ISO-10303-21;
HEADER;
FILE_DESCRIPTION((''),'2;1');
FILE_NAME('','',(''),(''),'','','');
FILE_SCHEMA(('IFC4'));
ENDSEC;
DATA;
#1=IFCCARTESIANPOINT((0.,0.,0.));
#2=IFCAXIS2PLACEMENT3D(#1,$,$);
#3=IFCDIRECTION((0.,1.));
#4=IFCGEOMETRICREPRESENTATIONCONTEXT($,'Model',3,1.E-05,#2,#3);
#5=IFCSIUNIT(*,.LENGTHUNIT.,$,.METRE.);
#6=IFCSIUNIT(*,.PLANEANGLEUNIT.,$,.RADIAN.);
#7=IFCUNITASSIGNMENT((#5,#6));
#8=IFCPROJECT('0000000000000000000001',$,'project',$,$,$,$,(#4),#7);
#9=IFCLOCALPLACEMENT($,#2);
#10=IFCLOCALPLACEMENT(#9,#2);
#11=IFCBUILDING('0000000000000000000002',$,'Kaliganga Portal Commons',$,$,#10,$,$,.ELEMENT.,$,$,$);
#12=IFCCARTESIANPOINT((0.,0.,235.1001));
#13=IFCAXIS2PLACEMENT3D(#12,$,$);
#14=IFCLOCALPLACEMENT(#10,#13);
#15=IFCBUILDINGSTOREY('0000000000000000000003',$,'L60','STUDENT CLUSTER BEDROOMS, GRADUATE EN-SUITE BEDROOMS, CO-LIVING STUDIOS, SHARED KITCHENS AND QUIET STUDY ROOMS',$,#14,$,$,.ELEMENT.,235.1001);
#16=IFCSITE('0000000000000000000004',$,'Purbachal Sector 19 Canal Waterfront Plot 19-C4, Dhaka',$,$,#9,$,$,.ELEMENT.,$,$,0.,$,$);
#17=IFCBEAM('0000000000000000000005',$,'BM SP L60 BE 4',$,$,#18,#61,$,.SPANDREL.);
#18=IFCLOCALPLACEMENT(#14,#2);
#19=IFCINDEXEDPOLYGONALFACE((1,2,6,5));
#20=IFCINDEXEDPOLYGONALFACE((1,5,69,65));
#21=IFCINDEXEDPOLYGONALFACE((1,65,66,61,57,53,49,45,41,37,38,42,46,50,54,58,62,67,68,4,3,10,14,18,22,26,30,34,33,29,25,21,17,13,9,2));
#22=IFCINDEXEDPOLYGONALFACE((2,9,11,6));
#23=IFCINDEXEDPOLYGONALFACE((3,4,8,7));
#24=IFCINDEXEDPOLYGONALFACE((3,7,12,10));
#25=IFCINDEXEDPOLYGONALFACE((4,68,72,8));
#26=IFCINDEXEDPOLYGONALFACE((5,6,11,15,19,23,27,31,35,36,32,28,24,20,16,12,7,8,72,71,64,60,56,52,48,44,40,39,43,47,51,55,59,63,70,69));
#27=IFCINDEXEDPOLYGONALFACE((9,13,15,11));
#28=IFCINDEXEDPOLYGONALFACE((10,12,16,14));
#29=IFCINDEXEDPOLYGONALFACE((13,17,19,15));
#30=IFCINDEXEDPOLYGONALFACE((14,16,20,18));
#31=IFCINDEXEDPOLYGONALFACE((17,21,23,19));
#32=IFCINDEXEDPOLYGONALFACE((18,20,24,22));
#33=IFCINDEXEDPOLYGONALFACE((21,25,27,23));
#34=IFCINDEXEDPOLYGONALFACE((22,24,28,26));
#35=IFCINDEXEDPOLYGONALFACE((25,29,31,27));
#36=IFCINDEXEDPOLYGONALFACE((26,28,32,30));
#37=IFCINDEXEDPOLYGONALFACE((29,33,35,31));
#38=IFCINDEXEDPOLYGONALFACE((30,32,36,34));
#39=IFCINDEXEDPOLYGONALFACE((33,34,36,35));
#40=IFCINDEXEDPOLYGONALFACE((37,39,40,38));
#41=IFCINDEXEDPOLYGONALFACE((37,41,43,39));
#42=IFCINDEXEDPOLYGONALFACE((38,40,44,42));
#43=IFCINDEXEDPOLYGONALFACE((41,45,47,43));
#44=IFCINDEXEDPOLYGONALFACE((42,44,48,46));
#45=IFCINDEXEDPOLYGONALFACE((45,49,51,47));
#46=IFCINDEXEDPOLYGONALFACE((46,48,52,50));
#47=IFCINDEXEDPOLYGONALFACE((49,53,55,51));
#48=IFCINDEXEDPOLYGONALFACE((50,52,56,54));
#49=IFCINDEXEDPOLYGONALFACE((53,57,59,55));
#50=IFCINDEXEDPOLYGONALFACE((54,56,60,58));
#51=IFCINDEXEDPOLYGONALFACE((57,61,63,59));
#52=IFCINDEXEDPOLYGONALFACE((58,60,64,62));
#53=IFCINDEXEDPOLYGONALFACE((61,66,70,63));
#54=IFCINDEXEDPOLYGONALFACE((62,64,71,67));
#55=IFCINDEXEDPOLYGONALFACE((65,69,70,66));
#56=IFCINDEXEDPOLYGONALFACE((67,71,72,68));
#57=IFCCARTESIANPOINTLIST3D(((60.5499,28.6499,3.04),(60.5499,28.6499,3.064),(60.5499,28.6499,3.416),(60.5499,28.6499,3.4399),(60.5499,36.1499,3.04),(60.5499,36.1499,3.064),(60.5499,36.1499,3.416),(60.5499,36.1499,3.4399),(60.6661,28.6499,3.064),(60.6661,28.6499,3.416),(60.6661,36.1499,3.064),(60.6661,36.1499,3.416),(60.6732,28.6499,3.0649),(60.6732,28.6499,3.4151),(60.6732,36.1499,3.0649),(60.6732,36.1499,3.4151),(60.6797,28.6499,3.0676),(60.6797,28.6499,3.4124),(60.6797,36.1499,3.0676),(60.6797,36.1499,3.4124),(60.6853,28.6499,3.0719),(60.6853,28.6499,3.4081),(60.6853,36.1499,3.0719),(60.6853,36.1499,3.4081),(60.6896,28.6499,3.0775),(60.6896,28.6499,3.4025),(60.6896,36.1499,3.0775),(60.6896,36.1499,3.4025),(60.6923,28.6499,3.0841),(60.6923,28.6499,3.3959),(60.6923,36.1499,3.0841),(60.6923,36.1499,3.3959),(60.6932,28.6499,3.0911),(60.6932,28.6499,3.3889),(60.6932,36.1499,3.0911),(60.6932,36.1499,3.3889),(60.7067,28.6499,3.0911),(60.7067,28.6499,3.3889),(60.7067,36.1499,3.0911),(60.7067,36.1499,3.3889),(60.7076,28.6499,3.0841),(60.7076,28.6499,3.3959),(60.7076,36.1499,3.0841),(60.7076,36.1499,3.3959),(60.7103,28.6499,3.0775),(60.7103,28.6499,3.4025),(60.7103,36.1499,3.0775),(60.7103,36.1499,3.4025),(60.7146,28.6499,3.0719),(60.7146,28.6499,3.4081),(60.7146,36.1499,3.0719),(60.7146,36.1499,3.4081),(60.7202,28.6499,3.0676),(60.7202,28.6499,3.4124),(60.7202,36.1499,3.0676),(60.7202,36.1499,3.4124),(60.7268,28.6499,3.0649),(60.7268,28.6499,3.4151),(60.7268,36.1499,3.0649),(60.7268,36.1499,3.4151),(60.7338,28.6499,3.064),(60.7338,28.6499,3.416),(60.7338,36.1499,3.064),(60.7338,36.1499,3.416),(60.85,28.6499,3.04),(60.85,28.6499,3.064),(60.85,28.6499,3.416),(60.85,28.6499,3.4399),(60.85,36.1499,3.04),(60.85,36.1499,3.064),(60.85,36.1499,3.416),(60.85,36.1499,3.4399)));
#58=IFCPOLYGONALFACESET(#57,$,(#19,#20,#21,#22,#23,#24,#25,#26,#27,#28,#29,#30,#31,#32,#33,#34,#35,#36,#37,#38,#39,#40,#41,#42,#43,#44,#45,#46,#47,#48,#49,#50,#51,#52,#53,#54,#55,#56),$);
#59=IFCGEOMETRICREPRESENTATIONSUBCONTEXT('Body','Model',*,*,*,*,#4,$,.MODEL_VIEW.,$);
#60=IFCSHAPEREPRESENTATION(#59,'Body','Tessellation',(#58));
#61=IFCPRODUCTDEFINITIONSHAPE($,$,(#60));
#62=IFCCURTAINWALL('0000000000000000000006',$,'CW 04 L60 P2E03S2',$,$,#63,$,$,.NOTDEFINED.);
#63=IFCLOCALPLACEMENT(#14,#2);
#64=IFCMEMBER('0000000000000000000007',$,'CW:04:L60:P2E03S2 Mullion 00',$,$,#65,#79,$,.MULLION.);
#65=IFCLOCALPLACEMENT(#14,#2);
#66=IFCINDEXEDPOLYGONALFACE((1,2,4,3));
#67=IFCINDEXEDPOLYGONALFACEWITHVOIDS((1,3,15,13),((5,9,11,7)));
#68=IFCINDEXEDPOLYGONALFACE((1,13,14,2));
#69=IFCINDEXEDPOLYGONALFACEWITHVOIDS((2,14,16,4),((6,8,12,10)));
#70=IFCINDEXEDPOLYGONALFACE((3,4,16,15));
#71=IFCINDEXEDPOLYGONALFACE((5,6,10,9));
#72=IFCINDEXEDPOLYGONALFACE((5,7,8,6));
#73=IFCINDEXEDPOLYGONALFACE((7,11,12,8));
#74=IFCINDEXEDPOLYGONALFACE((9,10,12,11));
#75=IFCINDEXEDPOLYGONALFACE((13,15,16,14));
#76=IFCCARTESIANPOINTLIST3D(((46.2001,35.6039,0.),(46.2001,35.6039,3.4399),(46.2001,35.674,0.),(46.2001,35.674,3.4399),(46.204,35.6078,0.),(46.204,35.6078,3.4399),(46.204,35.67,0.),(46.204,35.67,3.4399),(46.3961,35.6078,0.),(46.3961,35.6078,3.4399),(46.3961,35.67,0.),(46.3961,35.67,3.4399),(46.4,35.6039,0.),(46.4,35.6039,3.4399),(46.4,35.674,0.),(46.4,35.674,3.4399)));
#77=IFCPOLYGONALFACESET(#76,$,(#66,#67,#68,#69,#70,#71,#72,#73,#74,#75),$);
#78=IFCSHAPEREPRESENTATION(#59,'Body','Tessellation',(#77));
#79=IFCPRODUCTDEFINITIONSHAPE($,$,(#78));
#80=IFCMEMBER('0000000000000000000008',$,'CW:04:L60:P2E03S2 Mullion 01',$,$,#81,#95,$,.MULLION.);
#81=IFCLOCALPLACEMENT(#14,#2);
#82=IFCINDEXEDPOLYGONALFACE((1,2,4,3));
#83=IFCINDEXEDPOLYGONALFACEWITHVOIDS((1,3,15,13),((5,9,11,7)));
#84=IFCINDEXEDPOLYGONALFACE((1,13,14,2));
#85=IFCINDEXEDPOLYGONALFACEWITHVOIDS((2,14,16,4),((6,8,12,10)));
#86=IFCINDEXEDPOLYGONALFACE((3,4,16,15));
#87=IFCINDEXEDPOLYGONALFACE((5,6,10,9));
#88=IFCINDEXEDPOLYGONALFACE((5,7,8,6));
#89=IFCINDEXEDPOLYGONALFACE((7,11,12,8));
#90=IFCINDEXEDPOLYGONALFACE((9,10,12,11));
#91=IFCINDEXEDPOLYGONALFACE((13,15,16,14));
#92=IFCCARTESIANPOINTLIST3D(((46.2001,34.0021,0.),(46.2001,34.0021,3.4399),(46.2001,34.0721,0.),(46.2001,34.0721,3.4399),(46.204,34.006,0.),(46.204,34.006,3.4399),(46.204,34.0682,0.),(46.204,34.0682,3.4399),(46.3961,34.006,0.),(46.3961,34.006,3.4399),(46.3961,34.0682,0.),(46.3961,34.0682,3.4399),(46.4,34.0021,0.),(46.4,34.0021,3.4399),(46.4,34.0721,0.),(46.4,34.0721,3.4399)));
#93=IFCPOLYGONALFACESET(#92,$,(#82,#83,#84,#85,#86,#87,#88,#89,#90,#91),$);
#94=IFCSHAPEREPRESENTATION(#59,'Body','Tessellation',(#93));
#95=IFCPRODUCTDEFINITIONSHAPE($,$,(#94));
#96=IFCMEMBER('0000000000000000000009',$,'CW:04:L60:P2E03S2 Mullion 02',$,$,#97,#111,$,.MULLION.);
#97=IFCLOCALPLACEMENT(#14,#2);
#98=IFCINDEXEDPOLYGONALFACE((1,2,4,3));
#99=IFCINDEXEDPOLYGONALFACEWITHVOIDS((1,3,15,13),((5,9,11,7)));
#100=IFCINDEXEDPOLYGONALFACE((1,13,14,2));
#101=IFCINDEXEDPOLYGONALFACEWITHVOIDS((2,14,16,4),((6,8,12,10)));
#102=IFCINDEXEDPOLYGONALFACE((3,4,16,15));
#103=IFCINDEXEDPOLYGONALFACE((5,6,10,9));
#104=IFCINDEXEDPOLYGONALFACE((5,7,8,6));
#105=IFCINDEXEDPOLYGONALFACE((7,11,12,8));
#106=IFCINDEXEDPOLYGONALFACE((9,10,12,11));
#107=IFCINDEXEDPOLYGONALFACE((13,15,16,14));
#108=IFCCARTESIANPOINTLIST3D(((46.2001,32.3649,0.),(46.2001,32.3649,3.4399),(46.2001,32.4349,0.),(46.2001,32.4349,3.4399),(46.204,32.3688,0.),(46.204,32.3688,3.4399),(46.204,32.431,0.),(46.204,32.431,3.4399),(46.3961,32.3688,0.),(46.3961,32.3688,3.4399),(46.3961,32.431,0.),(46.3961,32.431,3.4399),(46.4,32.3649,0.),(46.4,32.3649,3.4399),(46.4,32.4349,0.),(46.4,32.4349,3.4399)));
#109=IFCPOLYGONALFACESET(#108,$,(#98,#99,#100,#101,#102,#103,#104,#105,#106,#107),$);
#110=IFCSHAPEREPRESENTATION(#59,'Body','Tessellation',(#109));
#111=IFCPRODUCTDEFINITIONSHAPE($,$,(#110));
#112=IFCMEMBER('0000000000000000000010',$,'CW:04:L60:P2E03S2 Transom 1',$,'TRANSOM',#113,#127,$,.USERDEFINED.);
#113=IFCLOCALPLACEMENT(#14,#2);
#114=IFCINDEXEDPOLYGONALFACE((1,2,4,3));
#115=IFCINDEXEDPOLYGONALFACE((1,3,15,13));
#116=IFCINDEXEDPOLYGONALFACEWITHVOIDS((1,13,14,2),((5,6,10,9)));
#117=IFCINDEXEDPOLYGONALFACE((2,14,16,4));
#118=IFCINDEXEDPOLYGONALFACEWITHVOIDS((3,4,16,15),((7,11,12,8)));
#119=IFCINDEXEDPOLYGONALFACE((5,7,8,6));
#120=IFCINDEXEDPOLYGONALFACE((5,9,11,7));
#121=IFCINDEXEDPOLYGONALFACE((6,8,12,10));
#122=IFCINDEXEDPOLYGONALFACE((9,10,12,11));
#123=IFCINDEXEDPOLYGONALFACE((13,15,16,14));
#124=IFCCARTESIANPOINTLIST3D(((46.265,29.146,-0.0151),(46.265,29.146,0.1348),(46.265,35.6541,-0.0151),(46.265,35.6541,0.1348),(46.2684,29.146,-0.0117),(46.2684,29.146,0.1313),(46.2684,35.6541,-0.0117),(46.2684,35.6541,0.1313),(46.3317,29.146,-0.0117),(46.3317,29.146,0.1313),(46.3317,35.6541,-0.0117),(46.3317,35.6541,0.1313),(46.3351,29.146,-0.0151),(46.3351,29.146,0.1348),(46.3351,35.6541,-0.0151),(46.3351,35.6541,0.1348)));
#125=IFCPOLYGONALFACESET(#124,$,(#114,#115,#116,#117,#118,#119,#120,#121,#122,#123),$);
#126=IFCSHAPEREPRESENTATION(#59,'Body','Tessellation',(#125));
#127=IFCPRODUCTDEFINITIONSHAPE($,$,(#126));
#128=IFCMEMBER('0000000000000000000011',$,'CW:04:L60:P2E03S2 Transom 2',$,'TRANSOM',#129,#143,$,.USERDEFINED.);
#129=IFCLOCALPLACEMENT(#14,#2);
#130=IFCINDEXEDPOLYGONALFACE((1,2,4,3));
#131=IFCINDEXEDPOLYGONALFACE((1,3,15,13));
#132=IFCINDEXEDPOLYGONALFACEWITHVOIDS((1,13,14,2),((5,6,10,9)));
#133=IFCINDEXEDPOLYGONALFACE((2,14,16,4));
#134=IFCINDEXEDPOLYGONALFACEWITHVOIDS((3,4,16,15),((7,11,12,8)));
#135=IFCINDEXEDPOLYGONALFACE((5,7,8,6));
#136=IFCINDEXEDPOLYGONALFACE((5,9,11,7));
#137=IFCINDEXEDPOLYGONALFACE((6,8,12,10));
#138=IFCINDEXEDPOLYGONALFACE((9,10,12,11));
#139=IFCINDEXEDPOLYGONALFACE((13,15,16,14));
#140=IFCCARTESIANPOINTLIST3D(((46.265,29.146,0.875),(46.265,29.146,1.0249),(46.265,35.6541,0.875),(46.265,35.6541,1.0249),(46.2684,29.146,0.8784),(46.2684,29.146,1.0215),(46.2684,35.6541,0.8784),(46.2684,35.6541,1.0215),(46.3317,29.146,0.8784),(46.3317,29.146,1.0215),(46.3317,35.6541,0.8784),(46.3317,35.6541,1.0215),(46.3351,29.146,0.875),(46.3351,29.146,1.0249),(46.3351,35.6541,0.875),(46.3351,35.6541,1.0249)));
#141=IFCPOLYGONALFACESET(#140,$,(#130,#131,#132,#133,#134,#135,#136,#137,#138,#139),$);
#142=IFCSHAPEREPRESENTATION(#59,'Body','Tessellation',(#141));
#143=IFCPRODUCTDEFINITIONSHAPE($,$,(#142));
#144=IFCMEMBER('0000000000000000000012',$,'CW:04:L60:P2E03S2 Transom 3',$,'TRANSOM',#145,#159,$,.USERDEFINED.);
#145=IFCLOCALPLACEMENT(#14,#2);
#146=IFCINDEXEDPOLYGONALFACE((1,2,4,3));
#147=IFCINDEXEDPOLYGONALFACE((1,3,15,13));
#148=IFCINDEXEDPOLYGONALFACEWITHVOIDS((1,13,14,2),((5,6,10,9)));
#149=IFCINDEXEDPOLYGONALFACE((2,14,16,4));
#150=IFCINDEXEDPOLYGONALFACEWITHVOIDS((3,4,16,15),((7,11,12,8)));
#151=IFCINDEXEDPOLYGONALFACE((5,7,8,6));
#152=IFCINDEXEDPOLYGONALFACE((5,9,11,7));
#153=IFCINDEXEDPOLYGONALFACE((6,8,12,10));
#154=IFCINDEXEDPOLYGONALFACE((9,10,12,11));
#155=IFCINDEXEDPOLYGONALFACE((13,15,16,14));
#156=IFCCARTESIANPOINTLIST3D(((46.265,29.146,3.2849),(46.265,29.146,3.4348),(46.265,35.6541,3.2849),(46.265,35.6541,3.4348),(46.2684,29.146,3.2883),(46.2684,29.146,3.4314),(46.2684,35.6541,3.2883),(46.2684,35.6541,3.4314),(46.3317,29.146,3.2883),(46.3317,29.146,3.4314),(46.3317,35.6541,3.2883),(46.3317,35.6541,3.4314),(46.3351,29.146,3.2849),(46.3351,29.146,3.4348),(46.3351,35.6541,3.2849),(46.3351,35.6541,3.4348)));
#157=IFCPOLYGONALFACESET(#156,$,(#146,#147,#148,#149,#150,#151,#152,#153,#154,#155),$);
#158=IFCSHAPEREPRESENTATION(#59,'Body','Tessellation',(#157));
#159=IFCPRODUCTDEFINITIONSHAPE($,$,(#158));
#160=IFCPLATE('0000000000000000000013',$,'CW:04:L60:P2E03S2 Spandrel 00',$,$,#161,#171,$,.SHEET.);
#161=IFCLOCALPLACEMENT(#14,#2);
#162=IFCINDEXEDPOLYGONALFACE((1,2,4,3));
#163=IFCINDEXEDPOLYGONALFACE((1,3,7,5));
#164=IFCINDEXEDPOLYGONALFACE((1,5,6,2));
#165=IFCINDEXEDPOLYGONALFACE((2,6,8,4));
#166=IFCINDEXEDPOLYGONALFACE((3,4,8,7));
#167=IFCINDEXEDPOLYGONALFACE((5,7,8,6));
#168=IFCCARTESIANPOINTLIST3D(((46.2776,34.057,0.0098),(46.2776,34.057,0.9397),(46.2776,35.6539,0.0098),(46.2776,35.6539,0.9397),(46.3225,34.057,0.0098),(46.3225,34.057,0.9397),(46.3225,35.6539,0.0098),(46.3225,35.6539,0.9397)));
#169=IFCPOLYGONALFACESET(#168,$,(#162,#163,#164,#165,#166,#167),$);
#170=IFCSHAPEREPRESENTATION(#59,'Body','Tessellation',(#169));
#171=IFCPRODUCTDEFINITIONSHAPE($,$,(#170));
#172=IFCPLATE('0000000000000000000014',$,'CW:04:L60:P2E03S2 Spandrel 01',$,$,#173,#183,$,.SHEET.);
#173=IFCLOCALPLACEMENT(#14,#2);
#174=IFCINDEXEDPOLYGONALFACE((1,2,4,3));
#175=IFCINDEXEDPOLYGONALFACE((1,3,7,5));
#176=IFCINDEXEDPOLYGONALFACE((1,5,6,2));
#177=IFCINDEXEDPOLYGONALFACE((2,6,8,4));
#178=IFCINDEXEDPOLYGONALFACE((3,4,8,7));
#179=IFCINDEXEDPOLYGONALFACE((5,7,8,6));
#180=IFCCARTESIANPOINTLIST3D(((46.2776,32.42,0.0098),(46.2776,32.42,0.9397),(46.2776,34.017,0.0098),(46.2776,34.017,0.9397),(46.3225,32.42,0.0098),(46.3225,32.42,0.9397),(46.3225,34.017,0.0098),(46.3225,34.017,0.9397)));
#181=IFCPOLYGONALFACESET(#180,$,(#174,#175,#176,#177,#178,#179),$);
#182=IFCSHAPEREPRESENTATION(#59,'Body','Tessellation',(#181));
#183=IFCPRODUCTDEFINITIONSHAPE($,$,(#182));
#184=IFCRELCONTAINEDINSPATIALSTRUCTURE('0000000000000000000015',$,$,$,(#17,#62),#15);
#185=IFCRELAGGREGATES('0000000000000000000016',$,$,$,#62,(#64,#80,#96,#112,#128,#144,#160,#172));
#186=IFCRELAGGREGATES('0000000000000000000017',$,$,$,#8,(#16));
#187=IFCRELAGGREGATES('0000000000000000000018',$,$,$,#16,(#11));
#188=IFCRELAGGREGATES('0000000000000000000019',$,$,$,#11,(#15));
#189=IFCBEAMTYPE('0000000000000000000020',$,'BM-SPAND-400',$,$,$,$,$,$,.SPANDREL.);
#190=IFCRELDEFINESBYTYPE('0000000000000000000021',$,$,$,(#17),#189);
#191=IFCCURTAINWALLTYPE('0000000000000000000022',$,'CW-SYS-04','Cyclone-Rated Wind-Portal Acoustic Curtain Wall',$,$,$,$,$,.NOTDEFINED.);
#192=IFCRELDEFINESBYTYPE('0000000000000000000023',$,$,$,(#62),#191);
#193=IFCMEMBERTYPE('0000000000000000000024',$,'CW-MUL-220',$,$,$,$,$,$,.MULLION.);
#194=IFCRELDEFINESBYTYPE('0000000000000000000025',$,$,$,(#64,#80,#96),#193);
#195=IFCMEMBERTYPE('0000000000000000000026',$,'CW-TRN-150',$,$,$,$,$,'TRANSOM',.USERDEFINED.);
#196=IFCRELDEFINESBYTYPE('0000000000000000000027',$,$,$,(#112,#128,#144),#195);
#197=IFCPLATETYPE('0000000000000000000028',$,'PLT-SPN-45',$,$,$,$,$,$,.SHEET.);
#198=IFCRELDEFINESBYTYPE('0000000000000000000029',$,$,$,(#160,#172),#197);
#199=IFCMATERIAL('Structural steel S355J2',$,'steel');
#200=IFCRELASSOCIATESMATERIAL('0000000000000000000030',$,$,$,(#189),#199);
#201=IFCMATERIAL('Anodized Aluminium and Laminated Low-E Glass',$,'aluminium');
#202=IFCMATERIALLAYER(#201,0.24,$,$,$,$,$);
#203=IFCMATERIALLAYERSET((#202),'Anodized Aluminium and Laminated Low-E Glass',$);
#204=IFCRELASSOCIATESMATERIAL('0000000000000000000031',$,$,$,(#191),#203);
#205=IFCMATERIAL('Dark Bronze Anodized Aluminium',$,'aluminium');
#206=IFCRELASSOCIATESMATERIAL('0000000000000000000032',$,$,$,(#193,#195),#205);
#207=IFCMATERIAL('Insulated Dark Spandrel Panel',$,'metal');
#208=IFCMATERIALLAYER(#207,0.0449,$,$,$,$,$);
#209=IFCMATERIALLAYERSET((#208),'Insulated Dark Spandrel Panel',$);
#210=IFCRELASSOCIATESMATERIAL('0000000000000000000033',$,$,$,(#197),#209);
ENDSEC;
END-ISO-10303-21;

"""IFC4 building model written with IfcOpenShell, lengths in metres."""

from ifc_helpers import new_model, si_unit, direction, frame, origin, origin_2d, place, context, subcontext, project, spatial, rectangle, hollow_rectangle, i_section, extrude, source, transform, mapped, material, layer, layer_set, material_profile, profile_set, type_object, element, aggregate, save


model = new_model("IFC4")

# Units and contexts
model_context = context("Model", 3, precision=1e-05, world=origin(), true_north=direction((0.0, 1.0)))
body_context = subcontext(model_context, "Body", "Model", "MODEL_VIEW")
ifc_project = project(units=[si_unit("LENGTHUNIT", "METRE"), si_unit("PLANEANGLEUNIT", "RADIAN")], contexts=[model_context])

# Site, building, storey
site_placement = place(None, origin())
site = spatial("IfcSite", under=ifc_project, at=site_placement, Name="Purbachal Sector 19 Canal Waterfront Plot 19-C4, Dhaka", CompositionType="ELEMENT", RefElevation=0.0)
building_placement = place(site_placement, origin())
building = spatial("IfcBuilding", under=site, at=building_placement, Name="Kaliganga Portal Commons", CompositionType="ELEMENT")
storey_placement = place(building_placement, frame((0.0, 0.0, 235.1001)))
storey = spatial("IfcBuildingStorey", under=building, at=storey_placement, Name="L60", Description="STUDENT CLUSTER BEDROOMS, GRADUATE EN-SUITE BEDROOMS, CO-LIVING STUDIOS, SHARED KITCHENS AND QUIET STUDY ROOMS", CompositionType="ELEMENT", Elevation=235.1001)

# Shared definitions
ifc_material_1 = material(Name="Structural steel S355J2", Category="steel")

# Beam
ifc_material_profile_1 = material_profile(ifc_material_1, i_section(OverallWidth=0.3, OverallDepth=0.3999, WebThickness=0.0134, FlangeThickness=0.0239, FilletRadius=0.0271, at=origin_2d()), Name="HE 400 B")
ifc_profile_set_1 = profile_set([ifc_material_profile_1], Name="Structural steel S355J2 wide-flange")
beam_type_1 = type_object("IfcBeamType", Name="BM-SPAND-400", PredefinedType="SPANDREL", material=ifc_profile_set_1)
shared_shape_1 = source(origin(), body_context, "Body", "SweptSolid", [
    extrude(i_section(OverallWidth=0.3, OverallDepth=0.3999, WebThickness=0.0134, FlangeThickness=0.0239, FilletRadius=0.0271, at=origin_2d()), origin(), (0.0, 0.0, 1.0), 7.5),
])
beam_1_placement = place(storey_placement, frame((60.7, 28.6499, 3.24), z_axis=(0.0, 1.0, 0.0), x_axis=(-1.0, 0.0, 0.0)))
element("IfcBeam", 1, at=beam_1_placement, inside=storey, type_object=beam_type_1, Name="BM SP L60 BE 4", PredefinedType="SPANDREL", context=body_context, shape_type="MappedRepresentation", body=[
    mapped(shared_shape_1, transform((0.0, 0.0, 0.0), x_axis=(1.0, 0.0, 0.0), y_axis=(0.0, 1.0, 0.0), z_axis=(0.0, 0.0, 1.0), scale=1.0)),
])

# Curtain wall, members, plates
ifc_material_2 = material(Name="Anodized Aluminium and Laminated Low-E Glass", Category="aluminium")
ifc_layer_1 = layer(ifc_material_2, 0.24)
ifc_layer_set_1 = layer_set([ifc_layer_1], Name="Anodized Aluminium and Laminated Low-E Glass")
curtain_wall_type = type_object("IfcCurtainWallType", Name="CW-SYS-04", Description="Cyclone-Rated Wind-Portal Acoustic Curtain Wall", PredefinedType="NOTDEFINED", material=ifc_layer_set_1)
curtain_wall_placement = place(storey_placement, origin())
curtain_wall = element("IfcCurtainWall", 2, at=curtain_wall_placement, inside=storey, type_object=curtain_wall_type, Name="CW 04 L60 P2E03S2", PredefinedType="NOTDEFINED")
ifc_material_3 = material(Name="Dark Bronze Anodized Aluminium", Category="aluminium")
ifc_material_profile_2 = material_profile(ifc_material_3, hollow_rectangle(XDim=0.0701, YDim=0.2, WallThickness=0.0039, at=origin_2d()), Name="ALU MULL 70x200x4")
ifc_profile_set_2 = profile_set([ifc_material_profile_2], Name="Dark Bronze Anodized Aluminium")
member_type_1 = type_object("IfcMemberType", Name="CW-MUL-220", PredefinedType="MULLION", material=ifc_profile_set_2)
shared_shape_2 = source(origin(), body_context, "Body", "SweptSolid", [
    extrude(hollow_rectangle(XDim=0.0701, YDim=0.2, WallThickness=0.0039, at=origin_2d()), origin(), (0.0, 0.0, 1.0), 3.4399),
])
member_1_placement = place(storey_placement, frame((46.3, 35.6389, 0.0), z_axis=(0.0, 0.0, 1.0), x_axis=(0.0, -1.0, 0.0)))
member_1 = element("IfcMember", 3, at=member_1_placement, type_object=member_type_1, Name="CW:04:L60:P2E03S2 Mullion 00", PredefinedType="MULLION", context=body_context, shape_type="MappedRepresentation", body=[
    mapped(shared_shape_2, transform((0.0, 0.0, 0.0), x_axis=(1.0, 0.0, 0.0), y_axis=(0.0, 1.0, 0.0), z_axis=(0.0, 0.0, 1.0), scale=1.0)),
])
member_2_placement = place(storey_placement, frame((46.3, 34.0371, 0.0), z_axis=(0.0, 0.0, 1.0), x_axis=(0.0, -1.0, 0.0)))
member_2 = element("IfcMember", 4, at=member_2_placement, type_object=member_type_1, Name="CW:04:L60:P2E03S2 Mullion 01", PredefinedType="MULLION", context=body_context, shape_type="MappedRepresentation", body=[
    mapped(shared_shape_2, transform((0.0, 0.0, 0.0), x_axis=(1.0, 0.0, 0.0), y_axis=(0.0, 1.0, 0.0), z_axis=(0.0, 0.0, 1.0), scale=1.0)),
])
member_3_placement = place(storey_placement, frame((46.3, 32.3999, 0.0), z_axis=(0.0, 0.0, 1.0), x_axis=(0.0, -1.0, 0.0)))
member_3 = element("IfcMember", 5, at=member_3_placement, type_object=member_type_1, Name="CW:04:L60:P2E03S2 Mullion 02", PredefinedType="MULLION", context=body_context, shape_type="MappedRepresentation", body=[
    mapped(shared_shape_2, transform((0.0, 0.0, 0.0), x_axis=(1.0, 0.0, 0.0), y_axis=(0.0, 1.0, 0.0), z_axis=(0.0, 0.0, 1.0), scale=1.0)),
])
ifc_material_profile_3 = material_profile(ifc_material_3, hollow_rectangle(XDim=0.0701, YDim=0.1499, WallThickness=0.0034, at=origin_2d()), Name="ALU TRAN 70x150x3.5")
ifc_profile_set_3 = profile_set([ifc_material_profile_3], Name="Dark Bronze Anodized Aluminium")
member_type_2 = type_object("IfcMemberType", Name="CW-TRN-150", ElementType="TRANSOM", PredefinedType="USERDEFINED", material=ifc_profile_set_3)
shared_shape_3 = source(origin(), body_context, "Body", "SweptSolid", [
    extrude(hollow_rectangle(XDim=0.0701, YDim=0.1499, WallThickness=0.0034, at=origin_2d()), origin(), (0.0, 0.0, 1.0), 6.5081),
])
member_4_placement = place(storey_placement, frame((46.3, 35.6541, 0.0598), z_axis=(0.0, -1.0, 0.0), x_axis=(1.0, 0.0, 0.0)))
member_4 = element("IfcMember", 6, at=member_4_placement, type_object=member_type_2, Name="CW:04:L60:P2E03S2 Transom 1", ObjectType="TRANSOM", PredefinedType="USERDEFINED", context=body_context, shape_type="MappedRepresentation", body=[
    mapped(shared_shape_3, transform((0.0, 0.0, 0.0), x_axis=(1.0, 0.0, 0.0), y_axis=(0.0, 1.0, 0.0), z_axis=(0.0, 0.0, 1.0), scale=1.0)),
])
member_5_placement = place(storey_placement, frame((46.3, 35.6541, 0.95), z_axis=(0.0, -1.0, 0.0), x_axis=(1.0, 0.0, 0.0)))
member_5 = element("IfcMember", 7, at=member_5_placement, type_object=member_type_2, Name="CW:04:L60:P2E03S2 Transom 2", ObjectType="TRANSOM", PredefinedType="USERDEFINED", context=body_context, shape_type="MappedRepresentation", body=[
    mapped(shared_shape_3, transform((0.0, 0.0, 0.0), x_axis=(1.0, 0.0, 0.0), y_axis=(0.0, 1.0, 0.0), z_axis=(0.0, 0.0, 1.0), scale=1.0)),
])
member_6_placement = place(storey_placement, frame((46.3, 35.6541, 3.3599), z_axis=(0.0, -1.0, 0.0), x_axis=(1.0, 0.0, 0.0)))
member_6 = element("IfcMember", 8, at=member_6_placement, type_object=member_type_2, Name="CW:04:L60:P2E03S2 Transom 3", ObjectType="TRANSOM", PredefinedType="USERDEFINED", context=body_context, shape_type="MappedRepresentation", body=[
    mapped(shared_shape_3, transform((0.0, 0.0, 0.0), x_axis=(1.0, 0.0, 0.0), y_axis=(0.0, 1.0, 0.0), z_axis=(0.0, 0.0, 1.0), scale=1.0)),
])
ifc_material_4 = material(Name="Insulated Dark Spandrel Panel", Category="metal")
ifc_layer_2 = layer(ifc_material_4, 0.0449)
ifc_layer_set_2 = layer_set([ifc_layer_2], Name="Insulated Dark Spandrel Panel")
plate_type_1 = type_object("IfcPlateType", Name="PLT-SPN-45", PredefinedType="SHEET", material=ifc_layer_set_2)
shared_shape_4 = source(origin(), body_context, "Body", "SweptSolid", [
    extrude(rectangle(XDim=1.5969, YDim=0.0449, at=origin_2d()), origin(), (0.0, 0.0, 1.0), 0.9299),
])
plate_1_placement = place(storey_placement, frame((46.3, 34.8555, 0.0098), z_axis=(0.0, 0.0, 1.0), x_axis=(0.0, -1.0, 0.0)))
plate_1 = element("IfcPlate", 9, at=plate_1_placement, type_object=plate_type_1, Name="CW:04:L60:P2E03S2 Spandrel 00", PredefinedType="SHEET", context=body_context, shape_type="MappedRepresentation", body=[
    mapped(shared_shape_4, transform((0.0, 0.0, 0.0), x_axis=(1.0, 0.0, 0.0), y_axis=(0.0, 1.0, 0.0), z_axis=(0.0, 0.0, 1.0), scale=1.0)),
])
plate_2_placement = place(storey_placement, frame((46.3, 33.2185, 0.0098), z_axis=(0.0, 0.0, 1.0), x_axis=(0.0, -1.0, 0.0)))
plate_2 = element("IfcPlate", 10, at=plate_2_placement, type_object=plate_type_1, Name="CW:04:L60:P2E03S2 Spandrel 01", PredefinedType="SHEET", context=body_context, shape_type="MappedRepresentation", body=[
    mapped(shared_shape_4, transform((0.0, 0.0, 0.0), x_axis=(1.0, 0.0, 0.0), y_axis=(0.0, 1.0, 0.0), z_axis=(0.0, 0.0, 1.0), scale=1.0)),
])
aggregate(curtain_wall, [member_1, member_2, member_3, member_4, member_5, member_6, plate_1, plate_2])

save(model, "model.ifc")
